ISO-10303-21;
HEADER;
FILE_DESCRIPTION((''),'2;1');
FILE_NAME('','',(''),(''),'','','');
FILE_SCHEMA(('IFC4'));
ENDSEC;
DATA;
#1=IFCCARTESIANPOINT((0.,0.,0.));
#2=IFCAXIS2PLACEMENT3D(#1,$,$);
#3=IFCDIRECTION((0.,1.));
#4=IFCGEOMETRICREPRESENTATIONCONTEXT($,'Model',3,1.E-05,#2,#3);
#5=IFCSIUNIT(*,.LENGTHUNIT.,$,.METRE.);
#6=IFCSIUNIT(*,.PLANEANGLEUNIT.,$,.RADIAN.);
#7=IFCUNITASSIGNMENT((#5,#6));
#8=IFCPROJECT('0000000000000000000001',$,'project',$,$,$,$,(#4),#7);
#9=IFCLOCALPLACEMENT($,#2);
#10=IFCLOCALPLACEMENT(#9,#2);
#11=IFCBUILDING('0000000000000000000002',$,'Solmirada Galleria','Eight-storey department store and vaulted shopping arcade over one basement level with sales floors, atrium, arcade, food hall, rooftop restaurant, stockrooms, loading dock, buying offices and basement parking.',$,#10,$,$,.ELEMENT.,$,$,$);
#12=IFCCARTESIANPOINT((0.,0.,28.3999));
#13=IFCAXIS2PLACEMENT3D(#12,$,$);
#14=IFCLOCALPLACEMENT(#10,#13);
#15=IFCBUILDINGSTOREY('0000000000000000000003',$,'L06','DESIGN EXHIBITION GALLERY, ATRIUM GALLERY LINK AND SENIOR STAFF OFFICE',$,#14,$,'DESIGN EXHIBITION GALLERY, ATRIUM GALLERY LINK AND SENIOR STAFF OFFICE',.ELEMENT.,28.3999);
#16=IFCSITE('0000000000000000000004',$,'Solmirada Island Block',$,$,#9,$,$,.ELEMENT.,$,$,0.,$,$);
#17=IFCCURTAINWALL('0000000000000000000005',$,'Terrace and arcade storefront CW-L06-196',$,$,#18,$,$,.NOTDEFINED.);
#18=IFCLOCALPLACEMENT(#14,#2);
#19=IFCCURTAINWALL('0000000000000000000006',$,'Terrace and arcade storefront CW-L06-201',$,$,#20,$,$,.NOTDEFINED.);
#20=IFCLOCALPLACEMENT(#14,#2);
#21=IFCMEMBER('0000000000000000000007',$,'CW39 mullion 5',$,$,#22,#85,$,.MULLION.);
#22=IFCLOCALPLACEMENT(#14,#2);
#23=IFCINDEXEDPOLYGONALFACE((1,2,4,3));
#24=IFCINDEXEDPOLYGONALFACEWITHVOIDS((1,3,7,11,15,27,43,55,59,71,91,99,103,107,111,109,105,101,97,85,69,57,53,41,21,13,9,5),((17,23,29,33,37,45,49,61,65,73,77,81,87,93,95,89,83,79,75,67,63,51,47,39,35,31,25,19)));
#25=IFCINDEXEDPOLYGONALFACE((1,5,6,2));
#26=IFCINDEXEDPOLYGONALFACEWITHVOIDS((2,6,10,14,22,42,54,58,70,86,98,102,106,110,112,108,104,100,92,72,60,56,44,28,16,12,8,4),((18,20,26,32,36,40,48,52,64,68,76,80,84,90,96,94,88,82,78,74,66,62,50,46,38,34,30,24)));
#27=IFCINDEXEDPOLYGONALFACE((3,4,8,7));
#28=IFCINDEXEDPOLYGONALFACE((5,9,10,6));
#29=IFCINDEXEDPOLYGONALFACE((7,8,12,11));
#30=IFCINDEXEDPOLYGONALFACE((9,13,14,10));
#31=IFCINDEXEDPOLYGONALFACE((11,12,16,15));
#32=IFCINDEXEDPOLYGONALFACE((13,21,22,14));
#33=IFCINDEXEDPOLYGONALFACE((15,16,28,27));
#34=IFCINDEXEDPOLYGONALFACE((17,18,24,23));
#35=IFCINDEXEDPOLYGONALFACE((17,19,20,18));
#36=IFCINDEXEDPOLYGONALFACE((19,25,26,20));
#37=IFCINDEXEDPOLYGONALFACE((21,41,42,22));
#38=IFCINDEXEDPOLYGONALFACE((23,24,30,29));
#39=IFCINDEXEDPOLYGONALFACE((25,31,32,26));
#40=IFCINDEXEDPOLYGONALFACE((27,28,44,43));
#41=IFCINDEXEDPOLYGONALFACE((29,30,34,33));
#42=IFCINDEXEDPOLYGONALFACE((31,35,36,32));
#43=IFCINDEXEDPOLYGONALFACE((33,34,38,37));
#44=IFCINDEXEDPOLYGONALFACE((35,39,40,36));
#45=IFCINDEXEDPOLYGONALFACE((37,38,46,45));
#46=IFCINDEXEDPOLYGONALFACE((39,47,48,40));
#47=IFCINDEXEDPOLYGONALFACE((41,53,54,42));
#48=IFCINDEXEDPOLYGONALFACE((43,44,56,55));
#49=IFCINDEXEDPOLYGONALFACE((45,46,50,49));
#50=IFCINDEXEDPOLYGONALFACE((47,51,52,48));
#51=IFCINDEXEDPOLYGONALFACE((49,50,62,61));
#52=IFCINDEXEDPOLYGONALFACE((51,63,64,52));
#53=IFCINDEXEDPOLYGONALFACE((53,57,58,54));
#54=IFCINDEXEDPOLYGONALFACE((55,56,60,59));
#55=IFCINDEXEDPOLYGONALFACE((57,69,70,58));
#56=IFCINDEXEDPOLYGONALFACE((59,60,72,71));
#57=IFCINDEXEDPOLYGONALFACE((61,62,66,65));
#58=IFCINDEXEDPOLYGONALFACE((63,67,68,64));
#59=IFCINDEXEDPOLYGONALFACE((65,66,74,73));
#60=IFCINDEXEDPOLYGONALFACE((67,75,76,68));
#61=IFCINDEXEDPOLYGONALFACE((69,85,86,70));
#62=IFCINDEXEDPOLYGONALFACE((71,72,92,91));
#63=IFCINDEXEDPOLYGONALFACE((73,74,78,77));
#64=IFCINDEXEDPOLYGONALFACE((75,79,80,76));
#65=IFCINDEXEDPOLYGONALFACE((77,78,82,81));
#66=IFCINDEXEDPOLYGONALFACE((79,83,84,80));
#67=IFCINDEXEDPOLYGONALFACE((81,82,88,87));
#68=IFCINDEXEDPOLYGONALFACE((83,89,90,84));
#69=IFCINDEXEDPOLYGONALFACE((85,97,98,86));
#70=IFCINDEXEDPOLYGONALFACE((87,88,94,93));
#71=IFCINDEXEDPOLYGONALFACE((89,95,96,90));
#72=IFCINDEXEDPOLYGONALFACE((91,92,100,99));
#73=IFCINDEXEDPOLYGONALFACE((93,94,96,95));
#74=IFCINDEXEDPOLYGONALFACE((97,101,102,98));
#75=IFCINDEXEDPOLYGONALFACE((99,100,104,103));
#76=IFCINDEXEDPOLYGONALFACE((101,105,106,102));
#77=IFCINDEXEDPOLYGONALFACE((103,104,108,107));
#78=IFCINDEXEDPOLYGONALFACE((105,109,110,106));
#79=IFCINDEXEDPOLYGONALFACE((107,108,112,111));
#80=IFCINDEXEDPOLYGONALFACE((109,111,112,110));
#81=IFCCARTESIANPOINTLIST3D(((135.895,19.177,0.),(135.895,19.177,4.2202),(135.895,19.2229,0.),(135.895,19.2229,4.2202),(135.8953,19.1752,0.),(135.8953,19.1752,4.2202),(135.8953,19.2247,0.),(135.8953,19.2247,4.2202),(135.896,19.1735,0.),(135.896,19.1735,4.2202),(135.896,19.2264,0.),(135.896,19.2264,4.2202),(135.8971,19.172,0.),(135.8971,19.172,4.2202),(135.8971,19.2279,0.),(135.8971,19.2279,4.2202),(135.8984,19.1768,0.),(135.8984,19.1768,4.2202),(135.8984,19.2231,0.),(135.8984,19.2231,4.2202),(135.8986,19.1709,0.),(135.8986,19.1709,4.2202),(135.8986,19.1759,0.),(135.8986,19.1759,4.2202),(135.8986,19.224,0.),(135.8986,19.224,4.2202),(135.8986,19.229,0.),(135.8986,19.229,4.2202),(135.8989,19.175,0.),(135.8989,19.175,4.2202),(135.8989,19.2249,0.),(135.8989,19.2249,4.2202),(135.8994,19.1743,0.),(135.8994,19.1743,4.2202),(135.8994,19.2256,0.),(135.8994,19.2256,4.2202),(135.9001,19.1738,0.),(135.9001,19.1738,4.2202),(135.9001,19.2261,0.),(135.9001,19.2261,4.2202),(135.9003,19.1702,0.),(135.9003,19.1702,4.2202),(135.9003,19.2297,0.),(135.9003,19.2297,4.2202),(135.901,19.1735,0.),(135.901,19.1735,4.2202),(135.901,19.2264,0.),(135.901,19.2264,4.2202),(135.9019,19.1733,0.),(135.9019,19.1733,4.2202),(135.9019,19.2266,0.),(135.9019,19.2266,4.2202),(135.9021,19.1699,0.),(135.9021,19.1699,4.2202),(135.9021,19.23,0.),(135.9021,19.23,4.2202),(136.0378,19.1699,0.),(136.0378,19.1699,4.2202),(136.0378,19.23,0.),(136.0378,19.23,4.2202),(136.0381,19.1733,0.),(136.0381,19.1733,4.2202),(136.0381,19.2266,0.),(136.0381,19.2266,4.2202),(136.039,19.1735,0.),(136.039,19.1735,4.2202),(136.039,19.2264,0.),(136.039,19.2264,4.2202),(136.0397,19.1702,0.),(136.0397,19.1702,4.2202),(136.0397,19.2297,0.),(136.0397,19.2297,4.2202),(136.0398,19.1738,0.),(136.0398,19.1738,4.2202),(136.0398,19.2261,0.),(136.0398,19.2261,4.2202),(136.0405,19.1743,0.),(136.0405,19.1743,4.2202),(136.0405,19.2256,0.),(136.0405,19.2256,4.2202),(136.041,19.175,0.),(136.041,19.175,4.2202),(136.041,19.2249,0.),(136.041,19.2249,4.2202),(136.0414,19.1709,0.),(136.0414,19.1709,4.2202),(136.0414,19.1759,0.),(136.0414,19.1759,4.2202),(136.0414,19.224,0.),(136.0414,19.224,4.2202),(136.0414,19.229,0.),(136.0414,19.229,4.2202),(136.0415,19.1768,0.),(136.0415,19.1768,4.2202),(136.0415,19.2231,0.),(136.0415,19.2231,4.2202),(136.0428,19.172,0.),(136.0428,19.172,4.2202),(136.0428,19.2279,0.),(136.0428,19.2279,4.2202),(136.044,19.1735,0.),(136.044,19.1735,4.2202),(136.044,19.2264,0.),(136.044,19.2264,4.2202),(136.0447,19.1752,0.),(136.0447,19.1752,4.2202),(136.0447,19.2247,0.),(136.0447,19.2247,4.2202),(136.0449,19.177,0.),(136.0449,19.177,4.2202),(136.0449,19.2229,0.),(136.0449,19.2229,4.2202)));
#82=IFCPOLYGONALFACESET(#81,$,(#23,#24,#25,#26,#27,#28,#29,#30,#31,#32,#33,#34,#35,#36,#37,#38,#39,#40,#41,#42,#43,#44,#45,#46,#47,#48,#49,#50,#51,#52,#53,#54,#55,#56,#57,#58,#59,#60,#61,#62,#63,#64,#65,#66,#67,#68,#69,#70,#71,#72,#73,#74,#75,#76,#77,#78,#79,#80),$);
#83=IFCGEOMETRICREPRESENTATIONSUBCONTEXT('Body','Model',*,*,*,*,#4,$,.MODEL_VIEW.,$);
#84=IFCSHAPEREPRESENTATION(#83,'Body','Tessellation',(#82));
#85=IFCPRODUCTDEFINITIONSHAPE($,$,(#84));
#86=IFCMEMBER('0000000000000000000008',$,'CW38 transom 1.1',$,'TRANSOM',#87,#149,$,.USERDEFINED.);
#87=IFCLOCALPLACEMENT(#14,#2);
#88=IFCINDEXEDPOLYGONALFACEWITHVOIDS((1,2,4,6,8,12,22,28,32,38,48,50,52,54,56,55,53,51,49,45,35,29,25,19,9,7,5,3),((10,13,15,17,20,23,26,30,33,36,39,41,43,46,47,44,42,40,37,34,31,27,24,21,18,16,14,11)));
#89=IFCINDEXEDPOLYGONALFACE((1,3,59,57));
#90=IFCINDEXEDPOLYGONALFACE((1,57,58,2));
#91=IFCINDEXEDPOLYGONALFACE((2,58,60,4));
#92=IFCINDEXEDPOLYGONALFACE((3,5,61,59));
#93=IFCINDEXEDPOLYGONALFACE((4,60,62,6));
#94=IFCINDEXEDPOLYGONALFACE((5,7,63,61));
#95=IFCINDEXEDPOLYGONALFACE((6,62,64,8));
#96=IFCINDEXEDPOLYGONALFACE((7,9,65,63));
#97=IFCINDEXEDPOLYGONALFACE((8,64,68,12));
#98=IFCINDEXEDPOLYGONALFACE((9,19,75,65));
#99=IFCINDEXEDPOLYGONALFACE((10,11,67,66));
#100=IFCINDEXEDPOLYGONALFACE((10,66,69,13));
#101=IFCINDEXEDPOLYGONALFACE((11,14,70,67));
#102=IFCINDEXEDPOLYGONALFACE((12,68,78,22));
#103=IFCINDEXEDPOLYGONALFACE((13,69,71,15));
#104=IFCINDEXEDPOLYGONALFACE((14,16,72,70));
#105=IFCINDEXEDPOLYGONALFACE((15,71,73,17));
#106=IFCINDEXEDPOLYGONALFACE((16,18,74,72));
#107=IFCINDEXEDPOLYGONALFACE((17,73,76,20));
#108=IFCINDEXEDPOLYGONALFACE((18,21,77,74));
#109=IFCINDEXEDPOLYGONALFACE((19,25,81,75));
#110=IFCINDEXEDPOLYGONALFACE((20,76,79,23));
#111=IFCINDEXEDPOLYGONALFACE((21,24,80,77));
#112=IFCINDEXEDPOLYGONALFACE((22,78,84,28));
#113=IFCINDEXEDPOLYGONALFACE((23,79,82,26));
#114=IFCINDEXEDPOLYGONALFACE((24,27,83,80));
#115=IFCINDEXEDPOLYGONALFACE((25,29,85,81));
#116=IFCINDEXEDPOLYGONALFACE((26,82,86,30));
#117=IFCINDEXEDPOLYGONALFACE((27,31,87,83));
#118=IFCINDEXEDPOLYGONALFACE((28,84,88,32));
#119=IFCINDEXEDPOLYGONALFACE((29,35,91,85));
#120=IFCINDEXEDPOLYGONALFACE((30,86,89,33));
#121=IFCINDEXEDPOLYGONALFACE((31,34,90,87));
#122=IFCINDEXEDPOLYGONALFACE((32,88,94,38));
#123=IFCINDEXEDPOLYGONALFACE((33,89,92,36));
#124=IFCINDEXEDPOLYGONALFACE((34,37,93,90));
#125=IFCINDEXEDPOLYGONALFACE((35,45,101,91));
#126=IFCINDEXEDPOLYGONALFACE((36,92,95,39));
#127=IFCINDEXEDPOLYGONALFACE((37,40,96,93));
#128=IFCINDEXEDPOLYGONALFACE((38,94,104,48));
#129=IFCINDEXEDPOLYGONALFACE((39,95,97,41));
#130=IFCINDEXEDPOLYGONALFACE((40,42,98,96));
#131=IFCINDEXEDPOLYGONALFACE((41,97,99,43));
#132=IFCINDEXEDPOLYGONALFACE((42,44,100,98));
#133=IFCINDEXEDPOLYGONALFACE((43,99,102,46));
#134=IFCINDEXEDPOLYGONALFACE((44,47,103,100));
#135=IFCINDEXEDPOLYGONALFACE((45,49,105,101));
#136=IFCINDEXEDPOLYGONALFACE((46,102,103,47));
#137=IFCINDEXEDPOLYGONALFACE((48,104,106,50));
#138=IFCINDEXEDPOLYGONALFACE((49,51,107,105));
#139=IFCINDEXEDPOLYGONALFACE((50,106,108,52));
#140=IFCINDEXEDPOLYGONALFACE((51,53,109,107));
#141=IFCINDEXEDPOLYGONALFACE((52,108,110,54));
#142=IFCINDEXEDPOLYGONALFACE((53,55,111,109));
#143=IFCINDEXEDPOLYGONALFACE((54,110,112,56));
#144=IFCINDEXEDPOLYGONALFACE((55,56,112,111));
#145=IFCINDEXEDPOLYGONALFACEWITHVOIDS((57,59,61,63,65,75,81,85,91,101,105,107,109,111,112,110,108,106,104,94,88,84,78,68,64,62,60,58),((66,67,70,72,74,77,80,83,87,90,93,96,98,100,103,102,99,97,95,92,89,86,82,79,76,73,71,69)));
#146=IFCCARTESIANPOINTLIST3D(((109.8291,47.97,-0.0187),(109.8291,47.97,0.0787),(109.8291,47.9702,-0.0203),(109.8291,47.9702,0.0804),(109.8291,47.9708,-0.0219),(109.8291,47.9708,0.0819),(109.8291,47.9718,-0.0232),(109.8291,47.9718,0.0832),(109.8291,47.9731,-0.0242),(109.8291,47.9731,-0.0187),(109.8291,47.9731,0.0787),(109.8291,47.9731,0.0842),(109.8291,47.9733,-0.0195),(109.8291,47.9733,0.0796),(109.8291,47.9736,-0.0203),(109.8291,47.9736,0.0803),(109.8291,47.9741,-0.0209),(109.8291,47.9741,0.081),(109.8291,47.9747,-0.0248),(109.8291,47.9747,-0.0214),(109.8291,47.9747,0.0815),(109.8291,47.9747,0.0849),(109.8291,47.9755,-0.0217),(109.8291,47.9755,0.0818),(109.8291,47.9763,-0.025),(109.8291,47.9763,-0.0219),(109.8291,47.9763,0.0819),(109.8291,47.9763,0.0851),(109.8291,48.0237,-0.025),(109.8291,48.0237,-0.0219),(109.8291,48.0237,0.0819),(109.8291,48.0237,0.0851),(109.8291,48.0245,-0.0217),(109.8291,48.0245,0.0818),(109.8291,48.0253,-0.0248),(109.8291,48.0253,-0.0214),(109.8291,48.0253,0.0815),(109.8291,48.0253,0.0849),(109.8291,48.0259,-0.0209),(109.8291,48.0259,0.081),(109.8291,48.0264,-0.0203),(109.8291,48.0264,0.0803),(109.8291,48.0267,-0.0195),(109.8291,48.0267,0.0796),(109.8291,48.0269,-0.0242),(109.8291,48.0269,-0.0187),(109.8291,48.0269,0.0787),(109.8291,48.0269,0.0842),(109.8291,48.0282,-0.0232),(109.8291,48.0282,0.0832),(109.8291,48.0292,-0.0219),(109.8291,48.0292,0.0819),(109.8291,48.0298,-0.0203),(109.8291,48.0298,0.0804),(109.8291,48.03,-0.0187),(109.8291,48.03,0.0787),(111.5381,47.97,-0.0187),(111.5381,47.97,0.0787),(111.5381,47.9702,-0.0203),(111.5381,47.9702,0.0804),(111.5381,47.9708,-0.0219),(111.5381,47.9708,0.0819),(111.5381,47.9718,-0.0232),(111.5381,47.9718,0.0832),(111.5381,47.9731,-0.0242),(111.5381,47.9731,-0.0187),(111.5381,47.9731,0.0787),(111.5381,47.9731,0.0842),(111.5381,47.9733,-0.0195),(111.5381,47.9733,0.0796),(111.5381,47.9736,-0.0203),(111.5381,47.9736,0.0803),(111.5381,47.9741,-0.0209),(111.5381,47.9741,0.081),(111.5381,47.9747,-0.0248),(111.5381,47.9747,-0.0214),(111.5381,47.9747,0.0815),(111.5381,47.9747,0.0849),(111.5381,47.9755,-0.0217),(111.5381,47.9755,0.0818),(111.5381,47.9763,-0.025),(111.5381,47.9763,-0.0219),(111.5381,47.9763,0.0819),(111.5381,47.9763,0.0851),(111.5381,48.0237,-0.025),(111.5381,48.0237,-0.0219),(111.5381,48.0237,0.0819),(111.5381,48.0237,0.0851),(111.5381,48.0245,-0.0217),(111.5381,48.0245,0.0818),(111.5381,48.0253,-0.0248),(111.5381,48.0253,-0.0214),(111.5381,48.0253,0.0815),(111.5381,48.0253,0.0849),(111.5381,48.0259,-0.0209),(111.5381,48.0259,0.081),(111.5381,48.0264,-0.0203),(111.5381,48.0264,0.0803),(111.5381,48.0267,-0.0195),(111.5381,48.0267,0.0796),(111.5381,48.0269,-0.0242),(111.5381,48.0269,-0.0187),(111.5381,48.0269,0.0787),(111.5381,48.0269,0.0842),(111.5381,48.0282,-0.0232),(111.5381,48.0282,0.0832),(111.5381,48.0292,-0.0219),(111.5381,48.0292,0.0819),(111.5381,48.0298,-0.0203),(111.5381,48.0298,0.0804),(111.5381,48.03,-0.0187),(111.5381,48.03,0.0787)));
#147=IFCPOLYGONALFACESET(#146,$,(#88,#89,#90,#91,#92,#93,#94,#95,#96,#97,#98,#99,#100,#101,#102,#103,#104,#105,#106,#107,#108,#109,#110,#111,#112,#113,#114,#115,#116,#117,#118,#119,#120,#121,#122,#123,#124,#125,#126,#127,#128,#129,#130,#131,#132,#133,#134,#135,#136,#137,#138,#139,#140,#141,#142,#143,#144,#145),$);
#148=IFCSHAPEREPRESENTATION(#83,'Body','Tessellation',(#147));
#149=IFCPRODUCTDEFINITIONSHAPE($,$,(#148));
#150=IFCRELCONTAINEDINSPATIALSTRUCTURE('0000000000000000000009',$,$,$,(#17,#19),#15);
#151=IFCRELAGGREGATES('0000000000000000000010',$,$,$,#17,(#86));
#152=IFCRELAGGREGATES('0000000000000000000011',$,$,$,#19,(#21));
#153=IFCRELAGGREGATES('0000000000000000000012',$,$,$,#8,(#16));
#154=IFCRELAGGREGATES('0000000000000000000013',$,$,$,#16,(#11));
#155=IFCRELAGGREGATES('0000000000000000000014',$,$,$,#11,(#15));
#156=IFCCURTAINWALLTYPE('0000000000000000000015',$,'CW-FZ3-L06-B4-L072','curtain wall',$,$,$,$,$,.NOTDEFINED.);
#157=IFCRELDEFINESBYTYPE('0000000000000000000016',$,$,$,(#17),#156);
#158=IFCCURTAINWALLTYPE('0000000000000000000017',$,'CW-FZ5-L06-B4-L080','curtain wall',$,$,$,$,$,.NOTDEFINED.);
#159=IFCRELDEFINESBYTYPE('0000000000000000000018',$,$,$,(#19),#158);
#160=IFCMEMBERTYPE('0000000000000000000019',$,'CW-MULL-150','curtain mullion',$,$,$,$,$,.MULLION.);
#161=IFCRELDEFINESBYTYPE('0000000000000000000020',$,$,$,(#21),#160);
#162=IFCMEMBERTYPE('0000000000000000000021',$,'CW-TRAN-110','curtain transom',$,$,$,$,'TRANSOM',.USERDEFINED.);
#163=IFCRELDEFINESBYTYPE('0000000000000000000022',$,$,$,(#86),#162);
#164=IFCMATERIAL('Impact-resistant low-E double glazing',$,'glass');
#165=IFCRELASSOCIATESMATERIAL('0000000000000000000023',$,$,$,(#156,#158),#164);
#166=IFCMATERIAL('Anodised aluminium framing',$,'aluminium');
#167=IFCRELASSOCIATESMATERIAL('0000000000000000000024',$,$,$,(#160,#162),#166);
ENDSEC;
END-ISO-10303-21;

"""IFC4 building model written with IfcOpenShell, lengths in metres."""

from ifc_helpers import new_model, si_unit, direction, frame, origin, origin_2d, place, context, subcontext, project, spatial, hollow_rectangle, extrude, material, material_profile, profile_set, type_object, element, aggregate, save


model = new_model("IFC4")

# Units and contexts
model_context = context("Model", 3, precision=1e-05, world=origin(), true_north=direction((0.0, 1.0)))
body_context = subcontext(model_context, "Body", "Model", "MODEL_VIEW")
ifc_project = project(units=[si_unit("LENGTHUNIT", "METRE"), si_unit("PLANEANGLEUNIT", "RADIAN")], contexts=[model_context])

# Site, building, storey
site_placement = place(None, origin())
site = spatial("IfcSite", under=ifc_project, at=site_placement, Name="Solmirada Island Block", CompositionType="ELEMENT", RefElevation=0.0)
building_placement = place(site_placement, origin())
building = spatial("IfcBuilding", under=site, at=building_placement, Name="Solmirada Galleria", Description="Eight-storey department store and vaulted shopping arcade over one basement level with sales floors, atrium, arcade, food hall, rooftop restaurant, stockrooms, loading dock, buying offices and basement parking.", CompositionType="ELEMENT")
storey_placement = place(building_placement, frame((0.0, 0.0, 28.3999)))
storey = spatial("IfcBuildingStorey", under=building, at=storey_placement, Name="L06", Description="DESIGN EXHIBITION GALLERY, ATRIUM GALLERY LINK AND SENIOR STAFF OFFICE", LongName="DESIGN EXHIBITION GALLERY, ATRIUM GALLERY LINK AND SENIOR STAFF OFFICE", CompositionType="ELEMENT", Elevation=28.3999)

# Curtain wall
ifc_material_1 = material(Name="Impact-resistant low-E double glazing", Category="glass")
curtain_wall_type_1 = type_object("IfcCurtainWallType", Name="CW-FZ3-L06-B4-L072", Description="curtain wall", PredefinedType="NOTDEFINED", material=ifc_material_1)
curtain_wall_1_placement = place(storey_placement, origin())
curtain_wall_1 = element("IfcCurtainWall", 1, at=curtain_wall_1_placement, inside=storey, type_object=curtain_wall_type_1, Name="Terrace and arcade storefront CW-L06-196", PredefinedType="NOTDEFINED")
ifc_material_2 = material(Name="Anodised aluminium framing", Category="aluminium")
ifc_material_profile_1 = material_profile(ifc_material_2, hollow_rectangle(XDim=0.0601, YDim=0.1499, WallThickness=0.0034, InnerFilletRadius=0.0034, OuterFilletRadius=0.0071, at=origin_2d()), Name="ALU-MULL-150X60")
ifc_profile_set_1 = profile_set([ifc_material_profile_1], Name="Anodised aluminium framing")
member_type_1 = type_object("IfcMemberType", Name="CW-MULL-150", Description="curtain mullion", PredefinedType="MULLION", material=ifc_profile_set_1)

# Curtain wall, member
curtain_wall_type_2 = type_object("IfcCurtainWallType", Name="CW-FZ5-L06-B4-L080", Description="curtain wall", PredefinedType="NOTDEFINED", material=ifc_material_1)
curtain_wall_2_placement = place(storey_placement, origin())
curtain_wall_2 = element("IfcCurtainWall", 2, at=curtain_wall_2_placement, inside=storey, type_object=curtain_wall_type_2, Name="Terrace and arcade storefront CW-L06-201", PredefinedType="NOTDEFINED")
member_1_placement = place(storey_placement, frame((135.97, 19.2, 0.0), z_axis=(0.0, 0.0, 1.0), x_axis=(0.0, 1.0, 0.0)))
member_1 = element("IfcMember", 3, at=member_1_placement, type_object=member_type_1, Name="CW39 mullion 5", PredefinedType="MULLION", context=body_context, shape_type="SweptSolid", body=[
    extrude(hollow_rectangle(XDim=0.0601, YDim=0.1499, WallThickness=0.0034, InnerFilletRadius=0.0034, OuterFilletRadius=0.0071, at=origin_2d()), origin(), (0.0, 0.0, 1.0), 4.2202),
])

# Member
ifc_material_profile_2 = material_profile(ifc_material_2, hollow_rectangle(XDim=0.0601, YDim=0.1101, WallThickness=0.0032, InnerFilletRadius=0.0032, OuterFilletRadius=0.0063, at=origin_2d()), Name="ALU-TRAN-110X60")
ifc_profile_set_2 = profile_set([ifc_material_profile_2], Name="Anodised aluminium framing")
member_type_2 = type_object("IfcMemberType", Name="CW-TRAN-110", Description="curtain transom", ElementType="TRANSOM", PredefinedType="USERDEFINED", material=ifc_profile_set_2)
member_2_placement = place(storey_placement, frame((111.5381, 48.0, 0.03), z_axis=(-1.0, 0.0, 0.0), x_axis=(0.0, -1.0, 0.0)))
member_2 = element("IfcMember", 4, at=member_2_placement, type_object=member_type_2, Name="CW38 transom 1.1", ObjectType="TRANSOM", PredefinedType="USERDEFINED", context=body_context, shape_type="SweptSolid", body=[
    extrude(hollow_rectangle(XDim=0.0601, YDim=0.1101, WallThickness=0.0032, InnerFilletRadius=0.0032, OuterFilletRadius=0.0063, at=origin_2d()), origin(), (0.0, 0.0, 1.0), 1.709),
])

aggregate(curtain_wall_1, [member_2])
aggregate(curtain_wall_2, [member_1])

save(model, "model.ifc")
